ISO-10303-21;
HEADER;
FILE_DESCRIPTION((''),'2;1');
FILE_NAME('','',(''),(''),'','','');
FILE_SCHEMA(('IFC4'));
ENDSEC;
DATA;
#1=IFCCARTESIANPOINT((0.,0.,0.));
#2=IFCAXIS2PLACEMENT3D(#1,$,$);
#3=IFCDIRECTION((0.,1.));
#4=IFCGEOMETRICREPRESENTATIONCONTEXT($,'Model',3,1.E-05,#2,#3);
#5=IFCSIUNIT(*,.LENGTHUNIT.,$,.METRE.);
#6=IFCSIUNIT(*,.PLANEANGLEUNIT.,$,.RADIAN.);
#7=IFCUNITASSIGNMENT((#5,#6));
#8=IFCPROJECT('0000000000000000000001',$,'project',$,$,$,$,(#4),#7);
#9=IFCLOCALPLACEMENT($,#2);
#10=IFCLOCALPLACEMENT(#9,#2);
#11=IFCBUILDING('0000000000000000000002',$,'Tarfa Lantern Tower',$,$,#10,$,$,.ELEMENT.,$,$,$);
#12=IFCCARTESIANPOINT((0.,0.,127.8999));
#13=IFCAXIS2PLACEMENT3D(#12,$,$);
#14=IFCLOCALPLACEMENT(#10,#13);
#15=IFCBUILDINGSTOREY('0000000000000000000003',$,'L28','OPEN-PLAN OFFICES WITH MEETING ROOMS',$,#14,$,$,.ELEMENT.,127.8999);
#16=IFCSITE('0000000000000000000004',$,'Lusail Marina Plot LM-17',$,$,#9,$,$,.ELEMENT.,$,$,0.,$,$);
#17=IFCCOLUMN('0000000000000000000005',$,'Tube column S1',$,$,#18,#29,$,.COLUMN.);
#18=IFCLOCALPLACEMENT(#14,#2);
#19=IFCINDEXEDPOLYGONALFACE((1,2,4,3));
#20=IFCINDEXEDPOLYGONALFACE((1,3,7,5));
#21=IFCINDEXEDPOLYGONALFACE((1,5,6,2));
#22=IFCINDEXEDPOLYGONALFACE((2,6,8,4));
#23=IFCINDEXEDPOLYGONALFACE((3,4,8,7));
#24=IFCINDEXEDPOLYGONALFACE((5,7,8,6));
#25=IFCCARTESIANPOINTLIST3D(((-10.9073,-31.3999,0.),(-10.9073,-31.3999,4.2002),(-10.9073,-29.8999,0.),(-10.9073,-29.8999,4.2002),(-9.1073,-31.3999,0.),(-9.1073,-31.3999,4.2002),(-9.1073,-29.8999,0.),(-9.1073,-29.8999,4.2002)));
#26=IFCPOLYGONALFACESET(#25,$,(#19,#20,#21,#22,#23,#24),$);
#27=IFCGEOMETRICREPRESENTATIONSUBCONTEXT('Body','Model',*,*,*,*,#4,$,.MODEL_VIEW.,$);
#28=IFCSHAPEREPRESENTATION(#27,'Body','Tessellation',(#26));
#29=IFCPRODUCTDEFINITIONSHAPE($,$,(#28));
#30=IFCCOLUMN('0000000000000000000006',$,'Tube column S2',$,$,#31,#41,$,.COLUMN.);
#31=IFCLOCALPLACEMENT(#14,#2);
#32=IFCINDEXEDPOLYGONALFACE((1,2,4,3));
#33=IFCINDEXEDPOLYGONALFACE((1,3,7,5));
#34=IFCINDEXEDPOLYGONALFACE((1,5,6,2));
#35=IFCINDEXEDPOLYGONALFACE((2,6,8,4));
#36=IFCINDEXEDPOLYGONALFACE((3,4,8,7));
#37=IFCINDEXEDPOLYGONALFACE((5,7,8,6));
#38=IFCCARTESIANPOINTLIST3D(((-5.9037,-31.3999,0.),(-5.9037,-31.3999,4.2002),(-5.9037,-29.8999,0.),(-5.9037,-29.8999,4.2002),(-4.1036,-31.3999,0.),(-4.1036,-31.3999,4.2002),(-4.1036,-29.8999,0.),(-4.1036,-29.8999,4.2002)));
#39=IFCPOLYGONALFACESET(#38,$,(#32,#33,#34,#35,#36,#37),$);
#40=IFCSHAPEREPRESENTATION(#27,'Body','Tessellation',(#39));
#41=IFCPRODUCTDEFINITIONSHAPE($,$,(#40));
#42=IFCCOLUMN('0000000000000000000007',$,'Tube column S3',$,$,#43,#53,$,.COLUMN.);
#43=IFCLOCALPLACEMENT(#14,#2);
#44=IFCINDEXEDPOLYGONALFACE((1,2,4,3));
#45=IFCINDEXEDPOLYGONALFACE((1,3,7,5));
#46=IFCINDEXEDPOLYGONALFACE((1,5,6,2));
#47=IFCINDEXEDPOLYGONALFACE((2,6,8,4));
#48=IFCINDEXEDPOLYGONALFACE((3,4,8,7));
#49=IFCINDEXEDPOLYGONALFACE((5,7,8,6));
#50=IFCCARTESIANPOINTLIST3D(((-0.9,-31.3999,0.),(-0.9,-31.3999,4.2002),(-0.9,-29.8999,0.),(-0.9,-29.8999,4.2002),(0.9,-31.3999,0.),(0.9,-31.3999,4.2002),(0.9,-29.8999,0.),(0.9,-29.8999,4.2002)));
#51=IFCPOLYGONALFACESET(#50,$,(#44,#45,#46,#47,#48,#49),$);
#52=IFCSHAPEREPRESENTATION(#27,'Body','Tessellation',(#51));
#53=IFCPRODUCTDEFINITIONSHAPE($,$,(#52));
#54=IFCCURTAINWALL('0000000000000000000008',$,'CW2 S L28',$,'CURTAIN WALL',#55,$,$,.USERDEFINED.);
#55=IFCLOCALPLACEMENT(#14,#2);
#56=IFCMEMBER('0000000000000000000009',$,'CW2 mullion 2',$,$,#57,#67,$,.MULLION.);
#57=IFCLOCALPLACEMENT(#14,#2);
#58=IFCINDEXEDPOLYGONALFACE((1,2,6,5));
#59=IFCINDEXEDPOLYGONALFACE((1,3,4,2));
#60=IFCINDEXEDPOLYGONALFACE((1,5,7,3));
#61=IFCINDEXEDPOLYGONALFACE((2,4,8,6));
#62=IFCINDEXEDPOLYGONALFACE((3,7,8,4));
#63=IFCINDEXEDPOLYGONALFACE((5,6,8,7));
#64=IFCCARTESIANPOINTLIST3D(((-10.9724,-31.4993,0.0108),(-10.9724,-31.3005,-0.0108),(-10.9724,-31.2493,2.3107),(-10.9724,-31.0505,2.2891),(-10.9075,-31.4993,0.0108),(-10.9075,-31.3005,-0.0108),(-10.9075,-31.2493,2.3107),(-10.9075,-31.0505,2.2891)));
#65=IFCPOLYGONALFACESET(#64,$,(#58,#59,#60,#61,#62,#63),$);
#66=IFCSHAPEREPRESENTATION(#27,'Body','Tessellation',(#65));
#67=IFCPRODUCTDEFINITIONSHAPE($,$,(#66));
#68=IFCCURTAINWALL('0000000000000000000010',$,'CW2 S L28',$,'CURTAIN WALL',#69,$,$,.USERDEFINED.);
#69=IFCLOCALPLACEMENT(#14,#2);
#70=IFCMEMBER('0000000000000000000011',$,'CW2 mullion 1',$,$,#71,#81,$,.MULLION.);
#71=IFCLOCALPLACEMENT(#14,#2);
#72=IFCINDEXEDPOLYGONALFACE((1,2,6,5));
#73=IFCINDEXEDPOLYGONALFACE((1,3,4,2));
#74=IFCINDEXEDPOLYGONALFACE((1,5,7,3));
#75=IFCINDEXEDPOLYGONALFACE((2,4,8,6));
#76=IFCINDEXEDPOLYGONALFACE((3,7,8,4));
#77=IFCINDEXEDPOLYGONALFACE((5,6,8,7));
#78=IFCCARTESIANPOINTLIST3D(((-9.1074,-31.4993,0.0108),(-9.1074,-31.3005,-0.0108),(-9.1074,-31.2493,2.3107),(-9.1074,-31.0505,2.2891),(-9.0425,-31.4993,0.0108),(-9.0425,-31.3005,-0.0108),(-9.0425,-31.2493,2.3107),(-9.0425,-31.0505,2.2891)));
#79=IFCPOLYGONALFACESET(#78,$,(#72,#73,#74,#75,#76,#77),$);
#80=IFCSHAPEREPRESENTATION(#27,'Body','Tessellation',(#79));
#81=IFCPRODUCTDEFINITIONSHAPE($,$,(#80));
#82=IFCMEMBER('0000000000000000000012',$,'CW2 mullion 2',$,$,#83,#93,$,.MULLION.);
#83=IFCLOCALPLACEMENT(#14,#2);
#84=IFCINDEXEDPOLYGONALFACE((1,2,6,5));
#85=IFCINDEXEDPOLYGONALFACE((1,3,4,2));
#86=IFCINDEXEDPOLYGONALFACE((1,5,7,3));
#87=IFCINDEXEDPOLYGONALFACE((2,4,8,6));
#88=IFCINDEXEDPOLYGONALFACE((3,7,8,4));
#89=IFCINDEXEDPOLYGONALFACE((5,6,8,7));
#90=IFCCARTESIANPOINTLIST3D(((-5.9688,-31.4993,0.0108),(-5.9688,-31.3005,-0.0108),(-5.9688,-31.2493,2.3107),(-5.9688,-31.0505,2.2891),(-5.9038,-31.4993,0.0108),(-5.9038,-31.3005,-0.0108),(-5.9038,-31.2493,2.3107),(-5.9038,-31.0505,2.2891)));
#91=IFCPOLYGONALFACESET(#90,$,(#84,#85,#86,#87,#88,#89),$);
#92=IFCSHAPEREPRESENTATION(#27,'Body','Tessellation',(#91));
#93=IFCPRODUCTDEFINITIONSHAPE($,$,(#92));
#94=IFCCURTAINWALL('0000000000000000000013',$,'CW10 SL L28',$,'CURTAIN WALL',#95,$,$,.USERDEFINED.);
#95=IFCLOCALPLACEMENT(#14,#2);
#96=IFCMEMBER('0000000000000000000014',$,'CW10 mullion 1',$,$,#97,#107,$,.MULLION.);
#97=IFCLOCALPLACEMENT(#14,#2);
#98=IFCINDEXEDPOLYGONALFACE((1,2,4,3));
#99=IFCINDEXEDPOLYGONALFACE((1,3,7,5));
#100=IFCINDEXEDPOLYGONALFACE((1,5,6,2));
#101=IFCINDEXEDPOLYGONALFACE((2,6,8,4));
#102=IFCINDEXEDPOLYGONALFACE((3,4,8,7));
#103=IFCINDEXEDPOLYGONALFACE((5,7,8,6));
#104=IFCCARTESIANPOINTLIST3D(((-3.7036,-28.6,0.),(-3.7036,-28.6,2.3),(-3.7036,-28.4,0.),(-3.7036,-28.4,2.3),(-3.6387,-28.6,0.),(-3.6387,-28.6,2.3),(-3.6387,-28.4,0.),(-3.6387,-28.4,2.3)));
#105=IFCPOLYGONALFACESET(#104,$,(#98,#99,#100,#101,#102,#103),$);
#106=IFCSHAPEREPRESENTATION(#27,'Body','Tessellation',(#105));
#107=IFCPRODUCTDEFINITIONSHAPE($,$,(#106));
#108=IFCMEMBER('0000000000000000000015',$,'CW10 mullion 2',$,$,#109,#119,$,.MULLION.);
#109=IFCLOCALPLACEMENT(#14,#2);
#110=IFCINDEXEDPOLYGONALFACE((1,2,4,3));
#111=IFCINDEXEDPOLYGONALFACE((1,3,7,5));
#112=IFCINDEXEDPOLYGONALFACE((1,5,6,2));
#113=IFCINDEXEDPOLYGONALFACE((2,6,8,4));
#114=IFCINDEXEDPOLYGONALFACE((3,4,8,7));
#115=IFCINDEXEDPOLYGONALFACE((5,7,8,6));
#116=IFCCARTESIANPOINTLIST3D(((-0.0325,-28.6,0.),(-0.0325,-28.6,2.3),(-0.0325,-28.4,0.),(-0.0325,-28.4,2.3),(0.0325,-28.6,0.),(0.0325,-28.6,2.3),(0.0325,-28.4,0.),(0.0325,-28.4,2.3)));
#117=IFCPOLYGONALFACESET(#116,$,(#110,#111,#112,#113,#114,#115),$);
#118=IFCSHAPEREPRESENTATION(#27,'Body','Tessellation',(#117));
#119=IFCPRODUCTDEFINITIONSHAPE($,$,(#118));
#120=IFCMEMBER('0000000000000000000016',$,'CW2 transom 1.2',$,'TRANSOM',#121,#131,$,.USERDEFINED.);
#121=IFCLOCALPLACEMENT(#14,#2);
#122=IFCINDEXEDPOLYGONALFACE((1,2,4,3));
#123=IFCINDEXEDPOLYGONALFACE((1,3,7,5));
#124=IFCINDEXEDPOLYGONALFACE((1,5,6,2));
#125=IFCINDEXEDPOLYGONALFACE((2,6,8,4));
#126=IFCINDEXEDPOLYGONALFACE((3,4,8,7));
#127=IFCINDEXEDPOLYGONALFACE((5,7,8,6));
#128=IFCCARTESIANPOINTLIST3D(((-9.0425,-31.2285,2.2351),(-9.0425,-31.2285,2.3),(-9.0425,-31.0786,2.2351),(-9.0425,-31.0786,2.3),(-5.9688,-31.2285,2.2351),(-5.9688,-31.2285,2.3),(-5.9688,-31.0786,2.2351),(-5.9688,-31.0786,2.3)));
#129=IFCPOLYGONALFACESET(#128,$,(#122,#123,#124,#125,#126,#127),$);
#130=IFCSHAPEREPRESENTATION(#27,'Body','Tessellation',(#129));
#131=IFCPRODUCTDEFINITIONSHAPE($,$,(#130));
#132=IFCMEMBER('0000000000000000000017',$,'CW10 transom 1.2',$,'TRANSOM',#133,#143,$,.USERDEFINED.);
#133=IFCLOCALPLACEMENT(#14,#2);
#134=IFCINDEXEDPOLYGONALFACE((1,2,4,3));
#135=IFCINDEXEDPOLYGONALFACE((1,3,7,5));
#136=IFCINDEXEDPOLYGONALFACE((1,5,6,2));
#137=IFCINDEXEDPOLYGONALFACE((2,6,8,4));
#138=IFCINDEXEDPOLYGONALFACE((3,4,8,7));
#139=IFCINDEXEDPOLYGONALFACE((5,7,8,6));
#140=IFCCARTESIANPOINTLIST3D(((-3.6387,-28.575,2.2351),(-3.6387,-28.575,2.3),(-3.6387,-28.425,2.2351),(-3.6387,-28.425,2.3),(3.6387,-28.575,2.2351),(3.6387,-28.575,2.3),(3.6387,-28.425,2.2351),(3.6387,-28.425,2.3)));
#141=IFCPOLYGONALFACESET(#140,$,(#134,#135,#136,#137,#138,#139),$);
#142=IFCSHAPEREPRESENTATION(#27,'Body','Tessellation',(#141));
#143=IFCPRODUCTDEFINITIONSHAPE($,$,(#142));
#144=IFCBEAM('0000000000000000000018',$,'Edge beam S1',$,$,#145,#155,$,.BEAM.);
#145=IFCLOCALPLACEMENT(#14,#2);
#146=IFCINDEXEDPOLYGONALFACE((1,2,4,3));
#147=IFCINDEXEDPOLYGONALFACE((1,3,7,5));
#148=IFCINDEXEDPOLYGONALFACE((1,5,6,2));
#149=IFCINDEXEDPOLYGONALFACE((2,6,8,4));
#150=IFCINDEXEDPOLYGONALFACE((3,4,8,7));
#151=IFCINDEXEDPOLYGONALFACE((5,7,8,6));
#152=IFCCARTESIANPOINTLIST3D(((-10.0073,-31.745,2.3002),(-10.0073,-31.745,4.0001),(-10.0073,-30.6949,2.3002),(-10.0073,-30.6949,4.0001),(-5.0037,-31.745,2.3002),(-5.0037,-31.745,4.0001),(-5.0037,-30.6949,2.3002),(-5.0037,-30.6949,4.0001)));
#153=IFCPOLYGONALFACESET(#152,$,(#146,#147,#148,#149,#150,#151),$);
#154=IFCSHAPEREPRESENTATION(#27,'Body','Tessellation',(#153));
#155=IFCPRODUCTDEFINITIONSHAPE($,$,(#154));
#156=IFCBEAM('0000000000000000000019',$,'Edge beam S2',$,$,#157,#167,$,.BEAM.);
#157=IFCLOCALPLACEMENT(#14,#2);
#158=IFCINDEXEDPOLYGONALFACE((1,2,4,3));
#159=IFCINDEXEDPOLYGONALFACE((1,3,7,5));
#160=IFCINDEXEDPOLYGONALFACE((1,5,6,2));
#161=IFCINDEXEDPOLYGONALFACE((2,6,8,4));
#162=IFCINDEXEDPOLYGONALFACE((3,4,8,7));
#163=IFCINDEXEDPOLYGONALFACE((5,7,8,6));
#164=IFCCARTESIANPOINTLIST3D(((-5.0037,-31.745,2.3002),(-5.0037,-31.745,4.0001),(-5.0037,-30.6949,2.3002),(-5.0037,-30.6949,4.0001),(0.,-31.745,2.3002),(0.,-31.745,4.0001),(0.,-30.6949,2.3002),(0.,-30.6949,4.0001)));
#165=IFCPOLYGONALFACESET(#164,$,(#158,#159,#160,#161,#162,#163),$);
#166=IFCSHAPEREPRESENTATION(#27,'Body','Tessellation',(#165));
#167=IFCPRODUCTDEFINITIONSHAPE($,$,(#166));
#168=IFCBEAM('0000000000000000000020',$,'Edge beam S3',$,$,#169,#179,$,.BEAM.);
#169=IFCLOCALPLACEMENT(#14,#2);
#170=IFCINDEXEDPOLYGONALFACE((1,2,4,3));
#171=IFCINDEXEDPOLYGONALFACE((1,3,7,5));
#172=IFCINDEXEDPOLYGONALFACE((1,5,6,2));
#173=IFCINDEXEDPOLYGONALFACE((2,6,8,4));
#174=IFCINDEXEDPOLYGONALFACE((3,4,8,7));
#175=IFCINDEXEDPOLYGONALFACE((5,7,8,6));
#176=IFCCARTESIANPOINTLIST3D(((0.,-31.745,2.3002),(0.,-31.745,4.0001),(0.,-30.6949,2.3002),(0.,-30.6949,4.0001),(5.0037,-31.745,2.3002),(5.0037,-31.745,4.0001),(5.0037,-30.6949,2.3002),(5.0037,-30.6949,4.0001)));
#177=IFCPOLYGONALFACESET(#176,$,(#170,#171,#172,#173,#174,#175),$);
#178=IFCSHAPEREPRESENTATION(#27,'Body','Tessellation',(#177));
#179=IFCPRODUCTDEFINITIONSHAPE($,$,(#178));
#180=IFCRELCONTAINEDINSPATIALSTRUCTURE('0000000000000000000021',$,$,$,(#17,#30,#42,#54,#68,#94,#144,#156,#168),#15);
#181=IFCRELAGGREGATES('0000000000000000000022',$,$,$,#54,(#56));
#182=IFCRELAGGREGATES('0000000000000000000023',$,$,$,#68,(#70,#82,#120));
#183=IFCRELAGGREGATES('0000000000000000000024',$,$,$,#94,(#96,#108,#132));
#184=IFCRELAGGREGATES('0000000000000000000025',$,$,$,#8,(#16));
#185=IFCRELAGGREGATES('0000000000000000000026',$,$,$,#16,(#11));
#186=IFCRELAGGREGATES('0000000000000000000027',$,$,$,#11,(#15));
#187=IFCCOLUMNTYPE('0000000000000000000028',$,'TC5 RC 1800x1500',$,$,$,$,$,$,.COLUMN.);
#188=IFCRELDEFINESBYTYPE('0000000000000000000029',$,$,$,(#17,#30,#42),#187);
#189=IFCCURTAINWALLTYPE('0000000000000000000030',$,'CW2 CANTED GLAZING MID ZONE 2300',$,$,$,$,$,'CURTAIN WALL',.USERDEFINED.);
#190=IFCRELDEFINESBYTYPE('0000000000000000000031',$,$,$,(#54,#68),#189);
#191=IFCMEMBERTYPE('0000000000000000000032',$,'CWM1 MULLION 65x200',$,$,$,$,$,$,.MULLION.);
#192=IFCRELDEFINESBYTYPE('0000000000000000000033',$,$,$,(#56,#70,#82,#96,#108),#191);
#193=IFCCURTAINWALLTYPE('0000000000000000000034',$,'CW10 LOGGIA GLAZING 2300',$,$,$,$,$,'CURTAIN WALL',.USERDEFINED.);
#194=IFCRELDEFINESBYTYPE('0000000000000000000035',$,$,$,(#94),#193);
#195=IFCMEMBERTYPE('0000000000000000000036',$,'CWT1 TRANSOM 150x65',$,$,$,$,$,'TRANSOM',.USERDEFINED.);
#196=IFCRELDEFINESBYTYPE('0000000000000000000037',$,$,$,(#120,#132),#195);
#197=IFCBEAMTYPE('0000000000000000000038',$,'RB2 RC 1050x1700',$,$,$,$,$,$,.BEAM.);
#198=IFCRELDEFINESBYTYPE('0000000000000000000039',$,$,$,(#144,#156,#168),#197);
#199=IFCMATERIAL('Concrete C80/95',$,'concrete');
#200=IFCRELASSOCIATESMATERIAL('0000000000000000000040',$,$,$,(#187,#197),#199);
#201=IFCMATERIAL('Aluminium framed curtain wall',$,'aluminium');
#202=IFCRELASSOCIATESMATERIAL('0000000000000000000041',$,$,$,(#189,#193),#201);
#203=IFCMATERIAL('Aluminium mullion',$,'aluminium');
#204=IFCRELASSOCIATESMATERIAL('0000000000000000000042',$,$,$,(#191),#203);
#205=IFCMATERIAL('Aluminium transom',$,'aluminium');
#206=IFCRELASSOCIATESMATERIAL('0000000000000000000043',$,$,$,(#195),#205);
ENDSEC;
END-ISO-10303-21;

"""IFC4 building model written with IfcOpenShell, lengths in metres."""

from ifc_helpers import new_model, si_unit, direction, frame, origin, origin_2d, place, context, subcontext, project, spatial, rectangle, extrude, material, material_profile, profile_set, type_object, element, aggregate, save


model = new_model("IFC4")

# Units and contexts
model_context = context("Model", 3, precision=1e-05, world=origin(), true_north=direction((0.0, 1.0)))
body_context = subcontext(model_context, "Body", "Model", "MODEL_VIEW")
ifc_project = project(units=[si_unit("LENGTHUNIT", "METRE"), si_unit("PLANEANGLEUNIT", "RADIAN")], contexts=[model_context])

# Site, building, storey
site_placement = place(None, origin())
site = spatial("IfcSite", under=ifc_project, at=site_placement, Name="Lusail Marina Plot LM-17", CompositionType="ELEMENT", RefElevation=0.0)
building_placement = place(site_placement, origin())
building = spatial("IfcBuilding", under=site, at=building_placement, Name="Tarfa Lantern Tower", CompositionType="ELEMENT")
storey_placement = place(building_placement, frame((0.0, 0.0, 127.8999)))
storey = spatial("IfcBuildingStorey", under=building, at=storey_placement, Name="L28", Description="OPEN-PLAN OFFICES WITH MEETING ROOMS", CompositionType="ELEMENT", Elevation=127.8999)

# Columns
ifc_material_1 = material(Name="Concrete C80/95", Category="concrete")
ifc_material_profile_1 = material_profile(ifc_material_1, rectangle(XDim=1.8, YDim=1.5, at=origin_2d()), Name="RC 1800x1500")
ifc_profile_set_1 = profile_set([ifc_material_profile_1], Name="Concrete C80/95")
column_type = type_object("IfcColumnType", Name="TC5 RC 1800x1500", PredefinedType="COLUMN", material=ifc_profile_set_1)
for number, where, z_axis, x_axis, name in (
    (1, (-10.0073, -30.6499, 0.0), (0.0, 0.0, 1.0), (1.0, 0.0, 0.0), "Tube column S1"),
    (2, (-5.0037, -30.6499, 0.0), (0.0, 0.0, 1.0), (1.0, 0.0, 0.0), "Tube column S2"),
    (3, (0.0, -30.6499, 0.0), (0.0, 0.0, 1.0), (1.0, 0.0, 0.0), "Tube column S3"),
):
    element("IfcColumn", number, at=place(storey_placement, frame(where, z_axis=z_axis, x_axis=x_axis)), inside=storey, type_object=column_type, Name=name, PredefinedType="COLUMN", context=body_context, shape_type="SweptSolid", body=[
        extrude(rectangle(XDim=1.8, YDim=1.5, at=origin_2d()), origin(), (0.0, 0.0, 1.0), 4.2002),
    ])

# Curtain wall, member
ifc_material_2 = material(Name="Aluminium framed curtain wall", Category="aluminium")
curtain_wall_type_1 = type_object("IfcCurtainWallType", Name="CW2 CANTED GLAZING MID ZONE 2300", ElementType="CURTAIN WALL", PredefinedType="USERDEFINED", material=ifc_material_2)
curtain_wall_1_placement = place(storey_placement, origin())
curtain_wall_1 = element("IfcCurtainWall", 4, at=curtain_wall_1_placement, inside=storey, type_object=curtain_wall_type_1, Name="CW2 S L28", ObjectType="CURTAIN WALL", PredefinedType="USERDEFINED")
ifc_material_3 = material(Name="Aluminium mullion", Category="aluminium")
ifc_material_profile_2 = material_profile(ifc_material_3, rectangle(XDim=0.0649, YDim=0.2, at=origin_2d()), Name="AL MULLION 65x200")
ifc_profile_set_2 = profile_set([ifc_material_profile_2], Name="Aluminium mullion")
member_type_1 = type_object("IfcMemberType", Name="CWM1 MULLION 65x200", PredefinedType="MULLION", material=ifc_profile_set_2)
member_1_placement = place(storey_placement, frame((-10.9399, -31.3999, 0.0), z_axis=(0.0, 0.108057, 0.994145), x_axis=(-1.0, 0.0, 0.0)))
member_1 = element("IfcMember", 5, at=member_1_placement, type_object=member_type_1, Name="CW2 mullion 2", PredefinedType="MULLION", context=body_context, shape_type="SweptSolid", body=[
    extrude(rectangle(XDim=0.0649, YDim=0.2, at=origin_2d()), origin(), (0.0, 0.0, 1.0), 2.3135),
])
aggregate(curtain_wall_1, [member_1])

# Curtain walls, members
curtain_wall_2_placement = place(storey_placement, origin())
curtain_wall_2 = element("IfcCurtainWall", 6, at=curtain_wall_2_placement, inside=storey, type_object=curtain_wall_type_1, Name="CW2 S L28", ObjectType="CURTAIN WALL", PredefinedType="USERDEFINED")
member_2_placement = place(storey_placement, frame((-9.075, -31.3999, 0.0), z_axis=(0.0, 0.108057, 0.994145), x_axis=(-1.0, 0.0, 0.0)))
member_2 = element("IfcMember", 7, at=member_2_placement, type_object=member_type_1, Name="CW2 mullion 1", PredefinedType="MULLION", context=body_context, shape_type="SweptSolid", body=[
    extrude(rectangle(XDim=0.0649, YDim=0.2, at=origin_2d()), origin(), (0.0, 0.0, 1.0), 2.3135),
])
member_3_placement = place(storey_placement, frame((-5.9363, -31.3999, 0.0), z_axis=(0.0, 0.108057, 0.994145), x_axis=(-1.0, 0.0, 0.0)))
member_3 = element("IfcMember", 8, at=member_3_placement, type_object=member_type_1, Name="CW2 mullion 2", PredefinedType="MULLION", context=body_context, shape_type="SweptSolid", body=[
    extrude(rectangle(XDim=0.0649, YDim=0.2, at=origin_2d()), origin(), (0.0, 0.0, 1.0), 2.3135),
])
curtain_wall_type_2 = type_object("IfcCurtainWallType", Name="CW10 LOGGIA GLAZING 2300", ElementType="CURTAIN WALL", PredefinedType="USERDEFINED", material=ifc_material_2)
curtain_wall_3_placement = place(storey_placement, origin())
curtain_wall_3 = element("IfcCurtainWall", 9, at=curtain_wall_3_placement, inside=storey, type_object=curtain_wall_type_2, Name="CW10 SL L28", ObjectType="CURTAIN WALL", PredefinedType="USERDEFINED")
member_4_placement = place(storey_placement, frame((-3.6711, -28.5, 0.0), z_axis=(0.0, 0.0, 1.0), x_axis=(1.0, 0.0, 0.0)))
member_4 = element("IfcMember", 10, at=member_4_placement, type_object=member_type_1, Name="CW10 mullion 1", PredefinedType="MULLION", context=body_context, shape_type="SweptSolid", body=[
    extrude(rectangle(XDim=0.0649, YDim=0.2, at=origin_2d()), origin(), (0.0, 0.0, 1.0), 2.3),
])
member_5_placement = place(storey_placement, frame((0.0, -28.5, 0.0), z_axis=(0.0, 0.0, 1.0), x_axis=(1.0, 0.0, 0.0)))
member_5 = element("IfcMember", 11, at=member_5_placement, type_object=member_type_1, Name="CW10 mullion 2", PredefinedType="MULLION", context=body_context, shape_type="SweptSolid", body=[
    extrude(rectangle(XDim=0.0649, YDim=0.2, at=origin_2d()), origin(), (0.0, 0.0, 1.0), 2.3),
])

# Members
ifc_material_4 = material(Name="Aluminium transom", Category="aluminium")
ifc_material_profile_3 = material_profile(ifc_material_4, rectangle(XDim=0.1499, YDim=0.0649, at=origin_2d()), Name="AL TRANSOM 150x65")
ifc_profile_set_3 = profile_set([ifc_material_profile_3], Name="Aluminium transom")
member_type_2 = type_object("IfcMemberType", Name="CWT1 TRANSOM 150x65", ElementType="TRANSOM", PredefinedType="USERDEFINED", material=ifc_profile_set_3)
member_6_placement = place(storey_placement, frame((-9.0425, -31.1536, 2.2676), z_axis=(1.0, 0.0, 0.0), x_axis=(0.0, 1.0, 0.0)))
member_6 = element("IfcMember", 12, at=member_6_placement, type_object=member_type_2, Name="CW2 transom 1.2", ObjectType="TRANSOM", PredefinedType="USERDEFINED", context=body_context, shape_type="SweptSolid", body=[
    extrude(rectangle(XDim=0.1499, YDim=0.0649, at=origin_2d()), origin(), (0.0, 0.0, 1.0), 3.0737),
])
member_7_placement = place(storey_placement, frame((-3.6387, -28.5, 2.2676), z_axis=(1.0, 0.0, 0.0), x_axis=(0.0, 1.0, 0.0)))
member_7 = element("IfcMember", 13, at=member_7_placement, type_object=member_type_2, Name="CW10 transom 1.2", ObjectType="TRANSOM", PredefinedType="USERDEFINED", context=body_context, shape_type="SweptSolid", body=[
    extrude(rectangle(XDim=0.1499, YDim=0.0649, at=origin_2d()), origin(), (0.0, 0.0, 1.0), 7.2773),
])

# Beams
ifc_material_profile_4 = material_profile(ifc_material_1, rectangle(XDim=1.05, YDim=1.7, at=origin_2d()), Name="RC 1050x1700")
ifc_profile_set_4 = profile_set([ifc_material_profile_4], Name="Concrete C80/95")
beam_type_1 = type_object("IfcBeamType", Name="RB2 RC 1050x1700", PredefinedType="BEAM", material=ifc_profile_set_4)
for number, where, z_axis, x_axis, name in (
    (14, (-10.0073, -31.22, 3.1501), (1.0, 0.0, 0.0), (0.0, 1.0, 0.0), "Edge beam S1"),
    (15, (-5.0037, -31.22, 3.1501), (1.0, 0.0, 0.0), (0.0, 1.0, 0.0), "Edge beam S2"),
    (16, (0.0, -31.22, 3.1501), (1.0, 0.0, 0.0), (0.0, 1.0, 0.0), "Edge beam S3"),
):
    element("IfcBeam", number, at=place(storey_placement, frame(where, z_axis=z_axis, x_axis=x_axis)), inside=storey, type_object=beam_type_1, Name=name, PredefinedType="BEAM", context=body_context, shape_type="SweptSolid", body=[
        extrude(rectangle(XDim=1.05, YDim=1.7, at=origin_2d()), origin(), (0.0, 0.0, 1.0), 5.0037),
    ])

aggregate(curtain_wall_2, [member_2, member_3, member_6])
aggregate(curtain_wall_3, [member_4, member_5, member_7])

save(model, "model.ifc")
